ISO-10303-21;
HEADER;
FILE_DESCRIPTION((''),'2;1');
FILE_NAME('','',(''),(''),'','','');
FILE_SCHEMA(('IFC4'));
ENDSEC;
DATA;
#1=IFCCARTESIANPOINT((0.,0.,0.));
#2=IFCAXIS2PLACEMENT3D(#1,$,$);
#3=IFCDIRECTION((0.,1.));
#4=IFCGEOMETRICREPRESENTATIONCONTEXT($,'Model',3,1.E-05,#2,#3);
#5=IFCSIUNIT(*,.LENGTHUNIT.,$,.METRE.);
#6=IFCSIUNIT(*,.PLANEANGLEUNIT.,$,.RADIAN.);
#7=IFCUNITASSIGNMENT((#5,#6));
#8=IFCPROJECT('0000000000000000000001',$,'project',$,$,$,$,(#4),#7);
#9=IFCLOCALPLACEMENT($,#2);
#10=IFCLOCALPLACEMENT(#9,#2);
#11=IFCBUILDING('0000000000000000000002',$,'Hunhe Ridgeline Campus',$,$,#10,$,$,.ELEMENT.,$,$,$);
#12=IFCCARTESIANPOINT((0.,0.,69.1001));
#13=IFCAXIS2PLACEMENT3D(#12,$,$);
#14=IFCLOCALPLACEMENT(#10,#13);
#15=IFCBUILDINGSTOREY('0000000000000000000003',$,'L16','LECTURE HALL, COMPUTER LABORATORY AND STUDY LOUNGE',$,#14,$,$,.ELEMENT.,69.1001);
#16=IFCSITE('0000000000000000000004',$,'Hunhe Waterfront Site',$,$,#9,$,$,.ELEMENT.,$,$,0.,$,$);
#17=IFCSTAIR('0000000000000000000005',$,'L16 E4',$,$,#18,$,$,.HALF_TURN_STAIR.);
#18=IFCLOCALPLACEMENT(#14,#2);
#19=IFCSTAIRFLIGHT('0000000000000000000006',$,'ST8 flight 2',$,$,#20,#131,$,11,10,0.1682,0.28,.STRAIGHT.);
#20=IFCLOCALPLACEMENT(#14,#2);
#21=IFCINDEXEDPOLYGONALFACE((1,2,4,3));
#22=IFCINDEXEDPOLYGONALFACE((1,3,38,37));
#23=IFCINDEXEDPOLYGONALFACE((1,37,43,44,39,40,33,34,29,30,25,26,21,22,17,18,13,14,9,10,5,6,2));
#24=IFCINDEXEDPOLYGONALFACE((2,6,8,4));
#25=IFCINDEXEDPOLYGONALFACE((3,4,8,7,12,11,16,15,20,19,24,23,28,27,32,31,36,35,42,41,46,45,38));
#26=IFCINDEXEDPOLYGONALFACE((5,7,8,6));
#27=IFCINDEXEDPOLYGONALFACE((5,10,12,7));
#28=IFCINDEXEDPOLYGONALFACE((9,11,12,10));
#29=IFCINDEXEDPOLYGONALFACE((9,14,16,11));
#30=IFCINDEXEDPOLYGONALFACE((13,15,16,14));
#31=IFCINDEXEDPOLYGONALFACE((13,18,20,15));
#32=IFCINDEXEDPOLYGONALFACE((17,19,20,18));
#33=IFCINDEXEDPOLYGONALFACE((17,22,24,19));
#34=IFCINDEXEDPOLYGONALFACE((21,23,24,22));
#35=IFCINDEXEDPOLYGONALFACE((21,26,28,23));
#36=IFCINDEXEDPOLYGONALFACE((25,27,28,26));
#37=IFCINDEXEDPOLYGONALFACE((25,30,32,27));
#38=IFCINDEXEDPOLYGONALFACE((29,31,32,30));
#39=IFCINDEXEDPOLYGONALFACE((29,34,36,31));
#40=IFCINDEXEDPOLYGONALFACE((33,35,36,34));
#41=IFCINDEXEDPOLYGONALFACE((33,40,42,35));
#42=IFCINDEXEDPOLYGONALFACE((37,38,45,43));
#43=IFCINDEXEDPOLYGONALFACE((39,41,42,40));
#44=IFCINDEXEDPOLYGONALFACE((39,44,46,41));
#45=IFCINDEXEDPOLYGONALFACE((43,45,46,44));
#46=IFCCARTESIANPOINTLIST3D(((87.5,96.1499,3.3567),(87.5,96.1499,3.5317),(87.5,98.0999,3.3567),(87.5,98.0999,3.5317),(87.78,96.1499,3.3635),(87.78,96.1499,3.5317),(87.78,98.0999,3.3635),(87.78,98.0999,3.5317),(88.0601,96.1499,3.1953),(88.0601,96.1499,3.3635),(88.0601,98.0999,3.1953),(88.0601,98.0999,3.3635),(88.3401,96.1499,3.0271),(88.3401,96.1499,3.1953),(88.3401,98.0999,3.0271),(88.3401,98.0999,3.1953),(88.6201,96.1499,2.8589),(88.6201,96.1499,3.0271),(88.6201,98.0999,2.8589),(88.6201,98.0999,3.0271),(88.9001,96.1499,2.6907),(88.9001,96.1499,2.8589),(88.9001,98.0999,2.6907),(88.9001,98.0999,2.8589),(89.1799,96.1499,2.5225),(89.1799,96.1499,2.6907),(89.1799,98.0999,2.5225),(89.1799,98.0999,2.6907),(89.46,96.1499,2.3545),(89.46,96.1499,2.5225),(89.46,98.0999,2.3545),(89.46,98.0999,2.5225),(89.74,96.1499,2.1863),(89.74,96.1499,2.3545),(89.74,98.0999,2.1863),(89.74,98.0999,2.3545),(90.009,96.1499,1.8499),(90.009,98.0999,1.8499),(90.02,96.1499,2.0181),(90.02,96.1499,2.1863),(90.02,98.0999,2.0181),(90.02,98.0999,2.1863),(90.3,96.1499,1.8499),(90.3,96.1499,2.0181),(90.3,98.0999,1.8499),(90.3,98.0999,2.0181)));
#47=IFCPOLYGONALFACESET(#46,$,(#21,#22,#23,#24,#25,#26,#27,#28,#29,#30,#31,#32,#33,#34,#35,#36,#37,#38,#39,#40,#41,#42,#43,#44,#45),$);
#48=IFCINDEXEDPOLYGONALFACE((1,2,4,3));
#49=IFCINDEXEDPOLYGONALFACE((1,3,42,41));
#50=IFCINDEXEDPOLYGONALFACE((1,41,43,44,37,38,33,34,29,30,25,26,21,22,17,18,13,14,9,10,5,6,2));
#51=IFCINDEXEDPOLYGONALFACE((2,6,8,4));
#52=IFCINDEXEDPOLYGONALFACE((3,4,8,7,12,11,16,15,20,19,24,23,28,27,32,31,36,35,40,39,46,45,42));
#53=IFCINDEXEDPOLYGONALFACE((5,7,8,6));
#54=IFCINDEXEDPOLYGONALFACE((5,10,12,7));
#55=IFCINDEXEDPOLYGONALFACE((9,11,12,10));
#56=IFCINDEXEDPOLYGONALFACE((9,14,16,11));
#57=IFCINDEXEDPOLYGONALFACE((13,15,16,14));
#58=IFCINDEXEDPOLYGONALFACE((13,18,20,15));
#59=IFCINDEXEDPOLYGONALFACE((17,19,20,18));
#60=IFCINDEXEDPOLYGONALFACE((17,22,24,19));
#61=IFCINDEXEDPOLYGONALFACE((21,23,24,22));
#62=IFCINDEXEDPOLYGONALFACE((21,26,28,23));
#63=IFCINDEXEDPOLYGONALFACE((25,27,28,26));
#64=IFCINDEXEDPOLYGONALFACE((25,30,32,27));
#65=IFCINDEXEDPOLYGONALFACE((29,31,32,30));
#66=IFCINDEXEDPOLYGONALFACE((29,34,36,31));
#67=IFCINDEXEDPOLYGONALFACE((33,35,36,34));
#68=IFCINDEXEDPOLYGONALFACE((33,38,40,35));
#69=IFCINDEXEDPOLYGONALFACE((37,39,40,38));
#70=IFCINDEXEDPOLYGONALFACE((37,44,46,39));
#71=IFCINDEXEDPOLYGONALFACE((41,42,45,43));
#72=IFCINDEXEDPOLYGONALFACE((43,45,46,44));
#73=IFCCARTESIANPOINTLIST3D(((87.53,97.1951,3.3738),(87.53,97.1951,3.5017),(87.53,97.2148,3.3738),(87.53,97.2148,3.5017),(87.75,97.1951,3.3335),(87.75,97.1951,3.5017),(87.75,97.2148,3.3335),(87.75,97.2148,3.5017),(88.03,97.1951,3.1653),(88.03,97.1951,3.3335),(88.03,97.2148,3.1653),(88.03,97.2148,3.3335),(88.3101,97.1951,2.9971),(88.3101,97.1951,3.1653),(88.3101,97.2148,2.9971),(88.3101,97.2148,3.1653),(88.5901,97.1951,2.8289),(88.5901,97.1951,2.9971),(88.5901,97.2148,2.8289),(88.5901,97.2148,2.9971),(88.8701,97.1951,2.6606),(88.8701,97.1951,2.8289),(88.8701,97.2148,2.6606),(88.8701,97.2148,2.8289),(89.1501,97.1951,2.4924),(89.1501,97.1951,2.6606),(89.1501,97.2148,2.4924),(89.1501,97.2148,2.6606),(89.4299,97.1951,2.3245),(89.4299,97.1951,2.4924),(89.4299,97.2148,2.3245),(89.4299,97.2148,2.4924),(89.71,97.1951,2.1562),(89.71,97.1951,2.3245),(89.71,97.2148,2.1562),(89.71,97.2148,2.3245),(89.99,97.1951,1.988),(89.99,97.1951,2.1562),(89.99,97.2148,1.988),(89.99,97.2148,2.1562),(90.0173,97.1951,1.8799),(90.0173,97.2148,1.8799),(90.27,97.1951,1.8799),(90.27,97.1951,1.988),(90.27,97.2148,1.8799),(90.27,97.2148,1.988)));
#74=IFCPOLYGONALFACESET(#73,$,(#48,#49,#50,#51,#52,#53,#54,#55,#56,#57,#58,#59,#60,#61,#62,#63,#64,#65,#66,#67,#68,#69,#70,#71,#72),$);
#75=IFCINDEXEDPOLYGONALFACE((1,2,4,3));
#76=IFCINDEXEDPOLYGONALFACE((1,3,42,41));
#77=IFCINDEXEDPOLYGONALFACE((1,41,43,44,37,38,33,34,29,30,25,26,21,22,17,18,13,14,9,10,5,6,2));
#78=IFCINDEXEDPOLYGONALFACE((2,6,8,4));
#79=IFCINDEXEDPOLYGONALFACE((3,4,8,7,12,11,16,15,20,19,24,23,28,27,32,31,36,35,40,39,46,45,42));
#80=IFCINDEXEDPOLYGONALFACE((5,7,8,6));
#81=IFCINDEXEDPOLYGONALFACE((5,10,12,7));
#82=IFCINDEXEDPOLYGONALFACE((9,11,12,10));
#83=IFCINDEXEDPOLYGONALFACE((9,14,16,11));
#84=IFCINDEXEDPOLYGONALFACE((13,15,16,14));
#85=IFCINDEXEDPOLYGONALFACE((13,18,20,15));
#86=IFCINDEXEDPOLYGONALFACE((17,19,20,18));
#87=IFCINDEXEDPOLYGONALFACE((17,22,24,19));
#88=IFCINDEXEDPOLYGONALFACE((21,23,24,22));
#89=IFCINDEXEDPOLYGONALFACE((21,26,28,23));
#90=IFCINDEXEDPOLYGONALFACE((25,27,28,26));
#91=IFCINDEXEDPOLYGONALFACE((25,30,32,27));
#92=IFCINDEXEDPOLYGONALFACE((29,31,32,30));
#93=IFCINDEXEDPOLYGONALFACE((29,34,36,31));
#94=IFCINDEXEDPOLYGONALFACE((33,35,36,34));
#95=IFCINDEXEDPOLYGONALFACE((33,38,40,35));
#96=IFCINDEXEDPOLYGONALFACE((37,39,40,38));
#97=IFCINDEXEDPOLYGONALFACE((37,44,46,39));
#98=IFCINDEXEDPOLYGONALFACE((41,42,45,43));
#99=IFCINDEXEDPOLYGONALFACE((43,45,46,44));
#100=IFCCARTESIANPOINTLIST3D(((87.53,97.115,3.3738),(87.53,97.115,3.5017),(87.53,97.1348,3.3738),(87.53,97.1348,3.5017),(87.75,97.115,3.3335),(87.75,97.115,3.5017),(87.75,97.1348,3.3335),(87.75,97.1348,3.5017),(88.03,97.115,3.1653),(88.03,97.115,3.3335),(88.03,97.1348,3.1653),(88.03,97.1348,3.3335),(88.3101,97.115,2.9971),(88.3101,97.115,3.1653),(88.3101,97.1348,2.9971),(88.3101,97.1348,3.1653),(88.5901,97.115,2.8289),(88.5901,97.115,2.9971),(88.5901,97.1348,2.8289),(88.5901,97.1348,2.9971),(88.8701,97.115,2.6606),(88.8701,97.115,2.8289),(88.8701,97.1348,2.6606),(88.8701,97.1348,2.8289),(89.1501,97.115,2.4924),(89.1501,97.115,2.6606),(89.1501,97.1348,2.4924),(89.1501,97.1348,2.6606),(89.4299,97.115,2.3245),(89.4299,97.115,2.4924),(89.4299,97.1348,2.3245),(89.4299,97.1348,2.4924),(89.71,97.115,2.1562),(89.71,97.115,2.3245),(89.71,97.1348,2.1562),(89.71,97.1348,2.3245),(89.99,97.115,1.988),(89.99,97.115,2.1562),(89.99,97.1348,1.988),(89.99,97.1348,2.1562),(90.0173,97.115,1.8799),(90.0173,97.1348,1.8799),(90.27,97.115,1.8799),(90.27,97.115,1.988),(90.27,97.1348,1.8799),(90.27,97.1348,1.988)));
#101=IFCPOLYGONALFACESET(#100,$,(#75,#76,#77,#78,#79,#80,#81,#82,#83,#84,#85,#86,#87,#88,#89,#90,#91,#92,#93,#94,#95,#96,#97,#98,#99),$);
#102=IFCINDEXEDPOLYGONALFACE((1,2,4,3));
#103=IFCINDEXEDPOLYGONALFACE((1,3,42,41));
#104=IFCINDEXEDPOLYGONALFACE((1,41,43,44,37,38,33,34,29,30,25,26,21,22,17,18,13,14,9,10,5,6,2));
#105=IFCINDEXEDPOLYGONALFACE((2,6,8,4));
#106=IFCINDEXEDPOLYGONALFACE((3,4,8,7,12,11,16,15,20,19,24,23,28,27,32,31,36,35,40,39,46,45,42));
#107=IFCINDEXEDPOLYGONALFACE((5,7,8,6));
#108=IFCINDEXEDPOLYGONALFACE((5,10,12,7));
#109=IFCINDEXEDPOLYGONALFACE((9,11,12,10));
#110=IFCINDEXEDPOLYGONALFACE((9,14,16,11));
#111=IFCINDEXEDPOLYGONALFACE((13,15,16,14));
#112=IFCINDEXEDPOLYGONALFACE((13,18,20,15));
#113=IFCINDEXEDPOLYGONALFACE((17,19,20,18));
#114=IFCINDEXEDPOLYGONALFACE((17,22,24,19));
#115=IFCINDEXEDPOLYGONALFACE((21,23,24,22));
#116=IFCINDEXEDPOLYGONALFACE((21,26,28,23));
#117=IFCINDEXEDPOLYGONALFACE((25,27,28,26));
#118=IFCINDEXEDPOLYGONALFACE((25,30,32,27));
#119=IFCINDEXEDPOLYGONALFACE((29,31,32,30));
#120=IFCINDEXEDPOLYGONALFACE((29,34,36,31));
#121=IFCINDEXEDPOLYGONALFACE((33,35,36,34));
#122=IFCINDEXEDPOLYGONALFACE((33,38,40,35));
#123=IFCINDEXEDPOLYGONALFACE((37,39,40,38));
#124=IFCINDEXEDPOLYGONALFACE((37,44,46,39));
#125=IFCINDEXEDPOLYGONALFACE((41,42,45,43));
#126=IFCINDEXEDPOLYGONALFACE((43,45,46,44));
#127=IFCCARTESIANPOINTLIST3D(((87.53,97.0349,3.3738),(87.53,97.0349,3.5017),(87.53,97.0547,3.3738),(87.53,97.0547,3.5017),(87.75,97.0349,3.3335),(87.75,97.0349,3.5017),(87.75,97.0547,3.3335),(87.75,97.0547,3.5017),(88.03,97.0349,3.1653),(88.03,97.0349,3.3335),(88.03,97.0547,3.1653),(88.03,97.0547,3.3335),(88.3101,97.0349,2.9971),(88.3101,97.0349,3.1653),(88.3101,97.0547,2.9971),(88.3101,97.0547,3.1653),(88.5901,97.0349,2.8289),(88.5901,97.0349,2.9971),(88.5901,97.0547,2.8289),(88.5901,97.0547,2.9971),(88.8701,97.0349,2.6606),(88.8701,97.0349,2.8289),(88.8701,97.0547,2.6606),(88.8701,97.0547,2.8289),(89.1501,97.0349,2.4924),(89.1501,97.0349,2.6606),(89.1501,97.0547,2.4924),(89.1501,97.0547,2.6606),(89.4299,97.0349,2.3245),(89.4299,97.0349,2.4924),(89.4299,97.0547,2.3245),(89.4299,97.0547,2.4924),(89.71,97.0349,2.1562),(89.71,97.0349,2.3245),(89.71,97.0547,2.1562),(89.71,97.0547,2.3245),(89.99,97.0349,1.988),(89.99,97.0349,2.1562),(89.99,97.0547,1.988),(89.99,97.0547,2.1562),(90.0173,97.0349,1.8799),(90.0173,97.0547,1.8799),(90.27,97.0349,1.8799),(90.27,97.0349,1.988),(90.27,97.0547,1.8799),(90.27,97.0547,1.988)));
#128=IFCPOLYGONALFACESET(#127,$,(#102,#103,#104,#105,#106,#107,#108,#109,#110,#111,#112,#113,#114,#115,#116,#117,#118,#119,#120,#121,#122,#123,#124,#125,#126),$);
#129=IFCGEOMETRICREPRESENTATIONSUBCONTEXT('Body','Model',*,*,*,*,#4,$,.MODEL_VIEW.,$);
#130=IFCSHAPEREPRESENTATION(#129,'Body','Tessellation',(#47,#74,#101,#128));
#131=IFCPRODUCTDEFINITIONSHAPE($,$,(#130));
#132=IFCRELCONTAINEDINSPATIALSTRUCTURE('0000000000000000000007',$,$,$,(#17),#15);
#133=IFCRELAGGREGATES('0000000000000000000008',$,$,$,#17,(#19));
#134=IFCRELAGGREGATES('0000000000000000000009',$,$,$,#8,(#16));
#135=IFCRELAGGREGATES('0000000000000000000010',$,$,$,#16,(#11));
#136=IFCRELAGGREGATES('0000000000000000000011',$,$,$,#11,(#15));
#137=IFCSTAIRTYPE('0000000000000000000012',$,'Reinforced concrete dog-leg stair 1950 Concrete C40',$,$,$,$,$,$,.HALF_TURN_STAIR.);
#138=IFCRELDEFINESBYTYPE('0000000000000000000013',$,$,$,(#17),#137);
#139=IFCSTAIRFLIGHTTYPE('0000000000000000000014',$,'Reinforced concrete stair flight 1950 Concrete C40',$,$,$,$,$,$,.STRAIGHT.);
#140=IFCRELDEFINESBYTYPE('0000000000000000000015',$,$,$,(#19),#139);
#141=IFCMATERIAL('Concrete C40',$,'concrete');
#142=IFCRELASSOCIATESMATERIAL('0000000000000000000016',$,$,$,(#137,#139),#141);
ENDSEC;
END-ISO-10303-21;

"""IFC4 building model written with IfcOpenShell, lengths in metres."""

from ifc_helpers import new_model, si_unit, direction, frame, origin, place, context, subcontext, project, spatial, polyline, outline, extrude, material, type_object, element, aggregate, save


model = new_model("IFC4")

# Units and contexts
model_context = context("Model", 3, precision=1e-05, world=origin(), true_north=direction((0.0, 1.0)))
body_context = subcontext(model_context, "Body", "Model", "MODEL_VIEW")
ifc_project = project(units=[si_unit("LENGTHUNIT", "METRE"), si_unit("PLANEANGLEUNIT", "RADIAN")], contexts=[model_context])

# Site, building, storey
site_placement = place(None, origin())
site = spatial("IfcSite", under=ifc_project, at=site_placement, Name="Hunhe Waterfront Site", CompositionType="ELEMENT", RefElevation=0.0)
building_placement = place(site_placement, origin())
building = spatial("IfcBuilding", under=site, at=building_placement, Name="Hunhe Ridgeline Campus", CompositionType="ELEMENT")
storey_placement = place(building_placement, frame((0.0, 0.0, 69.1001)))
storey = spatial("IfcBuildingStorey", under=building, at=storey_placement, Name="L16", Description="LECTURE HALL, COMPUTER LABORATORY AND STUDY LOUNGE", CompositionType="ELEMENT", Elevation=69.1001)

# Stair, stair flight
ifc_material_1 = material(Name="Concrete C40", Category="concrete")
stair_type = type_object("IfcStairType", Name="Reinforced concrete dog-leg stair 1950 Concrete C40", PredefinedType="HALF_TURN_STAIR", material=ifc_material_1)
stair_placement = place(storey_placement, origin())
stair = element("IfcStair", 1, at=stair_placement, inside=storey, type_object=stair_type, Name="L16 E4", PredefinedType="HALF_TURN_STAIR")
stair_flight_type = type_object("IfcStairFlightType", Name="Reinforced concrete stair flight 1950 Concrete C40", PredefinedType="STRAIGHT", material=ifc_material_1)
stair_flight_1_placement = place(storey_placement, frame((90.3, 97.125, 1.8499), z_axis=(0.0, 0.0, 1.0), x_axis=(-1.0, 0.0, 0.0)))
stair_flight_1 = element("IfcStairFlight", 2, at=stair_flight_1_placement, type_object=stair_flight_type, Name="ST8 flight 2", NumberOfRisers=11, NumberOfTreads=10, PredefinedType="STRAIGHT", RiserHeight=0.1682, TreadLength=0.28, context=body_context, shape_type="SweptSolid", body=[
    extrude(outline(polyline([(0.0, 0.0), (0.0, 0.1682), (0.28, 0.1682), (0.28, 0.3364), (0.5601, 0.3364), (0.5601, 0.5046), (0.8401, 0.5046), (0.8401, 0.6726), (1.1201, 0.6726), (1.1201, 0.8408), (1.3999, 0.8408), (1.3999, 1.009), (1.6799, 1.009), (1.6799, 1.1772), (1.96, 1.1772), (1.96, 1.3455), (2.24, 1.3455), (2.24, 1.5137), (2.52, 1.5137), (2.52, 1.6819), (2.8, 1.6819), (2.8, 1.8501), (2.8, 1.5068), (0.291, 0.0), (0.0, 0.0)])), frame((0.0, 0.9751, 0.0), z_axis=(0.0, -1.0, 0.0), x_axis=(1.0, 0.0, 0.0)), (0.0, 0.0, 1.0), 1.95),
    extrude(outline(polyline([(0.03, 0.03), (0.03, 0.1382), (0.3101, 0.1382), (0.3101, 0.3064), (0.5901, 0.3064), (0.5901, 0.4746), (0.8701, 0.4746), (0.8701, 0.6426), (1.1499, 0.6426), (1.1499, 0.8108), (1.4299, 0.8108), (1.4299, 0.979), (1.71, 0.979), (1.71, 1.1472), (1.99, 1.1472), (1.99, 1.3154), (2.27, 1.3154), (2.27, 1.4836), (2.55, 1.4836), (2.55, 1.6519), (2.77, 1.6519), (2.77, 1.5239), (0.2827, 0.03), (0.03, 0.03)])), frame((0.0, -0.0701, 0.0), z_axis=(0.0, -1.0, 0.0), x_axis=(1.0, 0.0, 0.0)), (0.0, 0.0, 1.0), 0.0198),
    extrude(outline(polyline([(0.03, 0.03), (0.03, 0.1382), (0.3101, 0.1382), (0.3101, 0.3064), (0.5901, 0.3064), (0.5901, 0.4746), (0.8701, 0.4746), (0.8701, 0.6426), (1.1499, 0.6426), (1.1499, 0.8108), (1.4299, 0.8108), (1.4299, 0.979), (1.71, 0.979), (1.71, 1.1472), (1.99, 1.1472), (1.99, 1.3154), (2.27, 1.3154), (2.27, 1.4836), (2.55, 1.4836), (2.55, 1.6519), (2.77, 1.6519), (2.77, 1.5239), (0.2827, 0.03), (0.03, 0.03)])), frame((0.0, 0.01, 0.0), z_axis=(0.0, -1.0, 0.0), x_axis=(1.0, 0.0, 0.0)), (0.0, 0.0, 1.0), 0.0198),
    extrude(outline(polyline([(0.03, 0.03), (0.03, 0.1382), (0.3101, 0.1382), (0.3101, 0.3064), (0.5901, 0.3064), (0.5901, 0.4746), (0.8701, 0.4746), (0.8701, 0.6426), (1.1499, 0.6426), (1.1499, 0.8108), (1.4299, 0.8108), (1.4299, 0.979), (1.71, 0.979), (1.71, 1.1472), (1.99, 1.1472), (1.99, 1.3154), (2.27, 1.3154), (2.27, 1.4836), (2.55, 1.4836), (2.55, 1.6519), (2.77, 1.6519), (2.77, 1.5239), (0.2827, 0.03), (0.03, 0.03)])), frame((0.0, 0.0901, 0.0), z_axis=(0.0, -1.0, 0.0), x_axis=(1.0, 0.0, 0.0)), (0.0, 0.0, 1.0), 0.0198),
])
aggregate(stair, [stair_flight_1])

save(model, "model.ifc")
